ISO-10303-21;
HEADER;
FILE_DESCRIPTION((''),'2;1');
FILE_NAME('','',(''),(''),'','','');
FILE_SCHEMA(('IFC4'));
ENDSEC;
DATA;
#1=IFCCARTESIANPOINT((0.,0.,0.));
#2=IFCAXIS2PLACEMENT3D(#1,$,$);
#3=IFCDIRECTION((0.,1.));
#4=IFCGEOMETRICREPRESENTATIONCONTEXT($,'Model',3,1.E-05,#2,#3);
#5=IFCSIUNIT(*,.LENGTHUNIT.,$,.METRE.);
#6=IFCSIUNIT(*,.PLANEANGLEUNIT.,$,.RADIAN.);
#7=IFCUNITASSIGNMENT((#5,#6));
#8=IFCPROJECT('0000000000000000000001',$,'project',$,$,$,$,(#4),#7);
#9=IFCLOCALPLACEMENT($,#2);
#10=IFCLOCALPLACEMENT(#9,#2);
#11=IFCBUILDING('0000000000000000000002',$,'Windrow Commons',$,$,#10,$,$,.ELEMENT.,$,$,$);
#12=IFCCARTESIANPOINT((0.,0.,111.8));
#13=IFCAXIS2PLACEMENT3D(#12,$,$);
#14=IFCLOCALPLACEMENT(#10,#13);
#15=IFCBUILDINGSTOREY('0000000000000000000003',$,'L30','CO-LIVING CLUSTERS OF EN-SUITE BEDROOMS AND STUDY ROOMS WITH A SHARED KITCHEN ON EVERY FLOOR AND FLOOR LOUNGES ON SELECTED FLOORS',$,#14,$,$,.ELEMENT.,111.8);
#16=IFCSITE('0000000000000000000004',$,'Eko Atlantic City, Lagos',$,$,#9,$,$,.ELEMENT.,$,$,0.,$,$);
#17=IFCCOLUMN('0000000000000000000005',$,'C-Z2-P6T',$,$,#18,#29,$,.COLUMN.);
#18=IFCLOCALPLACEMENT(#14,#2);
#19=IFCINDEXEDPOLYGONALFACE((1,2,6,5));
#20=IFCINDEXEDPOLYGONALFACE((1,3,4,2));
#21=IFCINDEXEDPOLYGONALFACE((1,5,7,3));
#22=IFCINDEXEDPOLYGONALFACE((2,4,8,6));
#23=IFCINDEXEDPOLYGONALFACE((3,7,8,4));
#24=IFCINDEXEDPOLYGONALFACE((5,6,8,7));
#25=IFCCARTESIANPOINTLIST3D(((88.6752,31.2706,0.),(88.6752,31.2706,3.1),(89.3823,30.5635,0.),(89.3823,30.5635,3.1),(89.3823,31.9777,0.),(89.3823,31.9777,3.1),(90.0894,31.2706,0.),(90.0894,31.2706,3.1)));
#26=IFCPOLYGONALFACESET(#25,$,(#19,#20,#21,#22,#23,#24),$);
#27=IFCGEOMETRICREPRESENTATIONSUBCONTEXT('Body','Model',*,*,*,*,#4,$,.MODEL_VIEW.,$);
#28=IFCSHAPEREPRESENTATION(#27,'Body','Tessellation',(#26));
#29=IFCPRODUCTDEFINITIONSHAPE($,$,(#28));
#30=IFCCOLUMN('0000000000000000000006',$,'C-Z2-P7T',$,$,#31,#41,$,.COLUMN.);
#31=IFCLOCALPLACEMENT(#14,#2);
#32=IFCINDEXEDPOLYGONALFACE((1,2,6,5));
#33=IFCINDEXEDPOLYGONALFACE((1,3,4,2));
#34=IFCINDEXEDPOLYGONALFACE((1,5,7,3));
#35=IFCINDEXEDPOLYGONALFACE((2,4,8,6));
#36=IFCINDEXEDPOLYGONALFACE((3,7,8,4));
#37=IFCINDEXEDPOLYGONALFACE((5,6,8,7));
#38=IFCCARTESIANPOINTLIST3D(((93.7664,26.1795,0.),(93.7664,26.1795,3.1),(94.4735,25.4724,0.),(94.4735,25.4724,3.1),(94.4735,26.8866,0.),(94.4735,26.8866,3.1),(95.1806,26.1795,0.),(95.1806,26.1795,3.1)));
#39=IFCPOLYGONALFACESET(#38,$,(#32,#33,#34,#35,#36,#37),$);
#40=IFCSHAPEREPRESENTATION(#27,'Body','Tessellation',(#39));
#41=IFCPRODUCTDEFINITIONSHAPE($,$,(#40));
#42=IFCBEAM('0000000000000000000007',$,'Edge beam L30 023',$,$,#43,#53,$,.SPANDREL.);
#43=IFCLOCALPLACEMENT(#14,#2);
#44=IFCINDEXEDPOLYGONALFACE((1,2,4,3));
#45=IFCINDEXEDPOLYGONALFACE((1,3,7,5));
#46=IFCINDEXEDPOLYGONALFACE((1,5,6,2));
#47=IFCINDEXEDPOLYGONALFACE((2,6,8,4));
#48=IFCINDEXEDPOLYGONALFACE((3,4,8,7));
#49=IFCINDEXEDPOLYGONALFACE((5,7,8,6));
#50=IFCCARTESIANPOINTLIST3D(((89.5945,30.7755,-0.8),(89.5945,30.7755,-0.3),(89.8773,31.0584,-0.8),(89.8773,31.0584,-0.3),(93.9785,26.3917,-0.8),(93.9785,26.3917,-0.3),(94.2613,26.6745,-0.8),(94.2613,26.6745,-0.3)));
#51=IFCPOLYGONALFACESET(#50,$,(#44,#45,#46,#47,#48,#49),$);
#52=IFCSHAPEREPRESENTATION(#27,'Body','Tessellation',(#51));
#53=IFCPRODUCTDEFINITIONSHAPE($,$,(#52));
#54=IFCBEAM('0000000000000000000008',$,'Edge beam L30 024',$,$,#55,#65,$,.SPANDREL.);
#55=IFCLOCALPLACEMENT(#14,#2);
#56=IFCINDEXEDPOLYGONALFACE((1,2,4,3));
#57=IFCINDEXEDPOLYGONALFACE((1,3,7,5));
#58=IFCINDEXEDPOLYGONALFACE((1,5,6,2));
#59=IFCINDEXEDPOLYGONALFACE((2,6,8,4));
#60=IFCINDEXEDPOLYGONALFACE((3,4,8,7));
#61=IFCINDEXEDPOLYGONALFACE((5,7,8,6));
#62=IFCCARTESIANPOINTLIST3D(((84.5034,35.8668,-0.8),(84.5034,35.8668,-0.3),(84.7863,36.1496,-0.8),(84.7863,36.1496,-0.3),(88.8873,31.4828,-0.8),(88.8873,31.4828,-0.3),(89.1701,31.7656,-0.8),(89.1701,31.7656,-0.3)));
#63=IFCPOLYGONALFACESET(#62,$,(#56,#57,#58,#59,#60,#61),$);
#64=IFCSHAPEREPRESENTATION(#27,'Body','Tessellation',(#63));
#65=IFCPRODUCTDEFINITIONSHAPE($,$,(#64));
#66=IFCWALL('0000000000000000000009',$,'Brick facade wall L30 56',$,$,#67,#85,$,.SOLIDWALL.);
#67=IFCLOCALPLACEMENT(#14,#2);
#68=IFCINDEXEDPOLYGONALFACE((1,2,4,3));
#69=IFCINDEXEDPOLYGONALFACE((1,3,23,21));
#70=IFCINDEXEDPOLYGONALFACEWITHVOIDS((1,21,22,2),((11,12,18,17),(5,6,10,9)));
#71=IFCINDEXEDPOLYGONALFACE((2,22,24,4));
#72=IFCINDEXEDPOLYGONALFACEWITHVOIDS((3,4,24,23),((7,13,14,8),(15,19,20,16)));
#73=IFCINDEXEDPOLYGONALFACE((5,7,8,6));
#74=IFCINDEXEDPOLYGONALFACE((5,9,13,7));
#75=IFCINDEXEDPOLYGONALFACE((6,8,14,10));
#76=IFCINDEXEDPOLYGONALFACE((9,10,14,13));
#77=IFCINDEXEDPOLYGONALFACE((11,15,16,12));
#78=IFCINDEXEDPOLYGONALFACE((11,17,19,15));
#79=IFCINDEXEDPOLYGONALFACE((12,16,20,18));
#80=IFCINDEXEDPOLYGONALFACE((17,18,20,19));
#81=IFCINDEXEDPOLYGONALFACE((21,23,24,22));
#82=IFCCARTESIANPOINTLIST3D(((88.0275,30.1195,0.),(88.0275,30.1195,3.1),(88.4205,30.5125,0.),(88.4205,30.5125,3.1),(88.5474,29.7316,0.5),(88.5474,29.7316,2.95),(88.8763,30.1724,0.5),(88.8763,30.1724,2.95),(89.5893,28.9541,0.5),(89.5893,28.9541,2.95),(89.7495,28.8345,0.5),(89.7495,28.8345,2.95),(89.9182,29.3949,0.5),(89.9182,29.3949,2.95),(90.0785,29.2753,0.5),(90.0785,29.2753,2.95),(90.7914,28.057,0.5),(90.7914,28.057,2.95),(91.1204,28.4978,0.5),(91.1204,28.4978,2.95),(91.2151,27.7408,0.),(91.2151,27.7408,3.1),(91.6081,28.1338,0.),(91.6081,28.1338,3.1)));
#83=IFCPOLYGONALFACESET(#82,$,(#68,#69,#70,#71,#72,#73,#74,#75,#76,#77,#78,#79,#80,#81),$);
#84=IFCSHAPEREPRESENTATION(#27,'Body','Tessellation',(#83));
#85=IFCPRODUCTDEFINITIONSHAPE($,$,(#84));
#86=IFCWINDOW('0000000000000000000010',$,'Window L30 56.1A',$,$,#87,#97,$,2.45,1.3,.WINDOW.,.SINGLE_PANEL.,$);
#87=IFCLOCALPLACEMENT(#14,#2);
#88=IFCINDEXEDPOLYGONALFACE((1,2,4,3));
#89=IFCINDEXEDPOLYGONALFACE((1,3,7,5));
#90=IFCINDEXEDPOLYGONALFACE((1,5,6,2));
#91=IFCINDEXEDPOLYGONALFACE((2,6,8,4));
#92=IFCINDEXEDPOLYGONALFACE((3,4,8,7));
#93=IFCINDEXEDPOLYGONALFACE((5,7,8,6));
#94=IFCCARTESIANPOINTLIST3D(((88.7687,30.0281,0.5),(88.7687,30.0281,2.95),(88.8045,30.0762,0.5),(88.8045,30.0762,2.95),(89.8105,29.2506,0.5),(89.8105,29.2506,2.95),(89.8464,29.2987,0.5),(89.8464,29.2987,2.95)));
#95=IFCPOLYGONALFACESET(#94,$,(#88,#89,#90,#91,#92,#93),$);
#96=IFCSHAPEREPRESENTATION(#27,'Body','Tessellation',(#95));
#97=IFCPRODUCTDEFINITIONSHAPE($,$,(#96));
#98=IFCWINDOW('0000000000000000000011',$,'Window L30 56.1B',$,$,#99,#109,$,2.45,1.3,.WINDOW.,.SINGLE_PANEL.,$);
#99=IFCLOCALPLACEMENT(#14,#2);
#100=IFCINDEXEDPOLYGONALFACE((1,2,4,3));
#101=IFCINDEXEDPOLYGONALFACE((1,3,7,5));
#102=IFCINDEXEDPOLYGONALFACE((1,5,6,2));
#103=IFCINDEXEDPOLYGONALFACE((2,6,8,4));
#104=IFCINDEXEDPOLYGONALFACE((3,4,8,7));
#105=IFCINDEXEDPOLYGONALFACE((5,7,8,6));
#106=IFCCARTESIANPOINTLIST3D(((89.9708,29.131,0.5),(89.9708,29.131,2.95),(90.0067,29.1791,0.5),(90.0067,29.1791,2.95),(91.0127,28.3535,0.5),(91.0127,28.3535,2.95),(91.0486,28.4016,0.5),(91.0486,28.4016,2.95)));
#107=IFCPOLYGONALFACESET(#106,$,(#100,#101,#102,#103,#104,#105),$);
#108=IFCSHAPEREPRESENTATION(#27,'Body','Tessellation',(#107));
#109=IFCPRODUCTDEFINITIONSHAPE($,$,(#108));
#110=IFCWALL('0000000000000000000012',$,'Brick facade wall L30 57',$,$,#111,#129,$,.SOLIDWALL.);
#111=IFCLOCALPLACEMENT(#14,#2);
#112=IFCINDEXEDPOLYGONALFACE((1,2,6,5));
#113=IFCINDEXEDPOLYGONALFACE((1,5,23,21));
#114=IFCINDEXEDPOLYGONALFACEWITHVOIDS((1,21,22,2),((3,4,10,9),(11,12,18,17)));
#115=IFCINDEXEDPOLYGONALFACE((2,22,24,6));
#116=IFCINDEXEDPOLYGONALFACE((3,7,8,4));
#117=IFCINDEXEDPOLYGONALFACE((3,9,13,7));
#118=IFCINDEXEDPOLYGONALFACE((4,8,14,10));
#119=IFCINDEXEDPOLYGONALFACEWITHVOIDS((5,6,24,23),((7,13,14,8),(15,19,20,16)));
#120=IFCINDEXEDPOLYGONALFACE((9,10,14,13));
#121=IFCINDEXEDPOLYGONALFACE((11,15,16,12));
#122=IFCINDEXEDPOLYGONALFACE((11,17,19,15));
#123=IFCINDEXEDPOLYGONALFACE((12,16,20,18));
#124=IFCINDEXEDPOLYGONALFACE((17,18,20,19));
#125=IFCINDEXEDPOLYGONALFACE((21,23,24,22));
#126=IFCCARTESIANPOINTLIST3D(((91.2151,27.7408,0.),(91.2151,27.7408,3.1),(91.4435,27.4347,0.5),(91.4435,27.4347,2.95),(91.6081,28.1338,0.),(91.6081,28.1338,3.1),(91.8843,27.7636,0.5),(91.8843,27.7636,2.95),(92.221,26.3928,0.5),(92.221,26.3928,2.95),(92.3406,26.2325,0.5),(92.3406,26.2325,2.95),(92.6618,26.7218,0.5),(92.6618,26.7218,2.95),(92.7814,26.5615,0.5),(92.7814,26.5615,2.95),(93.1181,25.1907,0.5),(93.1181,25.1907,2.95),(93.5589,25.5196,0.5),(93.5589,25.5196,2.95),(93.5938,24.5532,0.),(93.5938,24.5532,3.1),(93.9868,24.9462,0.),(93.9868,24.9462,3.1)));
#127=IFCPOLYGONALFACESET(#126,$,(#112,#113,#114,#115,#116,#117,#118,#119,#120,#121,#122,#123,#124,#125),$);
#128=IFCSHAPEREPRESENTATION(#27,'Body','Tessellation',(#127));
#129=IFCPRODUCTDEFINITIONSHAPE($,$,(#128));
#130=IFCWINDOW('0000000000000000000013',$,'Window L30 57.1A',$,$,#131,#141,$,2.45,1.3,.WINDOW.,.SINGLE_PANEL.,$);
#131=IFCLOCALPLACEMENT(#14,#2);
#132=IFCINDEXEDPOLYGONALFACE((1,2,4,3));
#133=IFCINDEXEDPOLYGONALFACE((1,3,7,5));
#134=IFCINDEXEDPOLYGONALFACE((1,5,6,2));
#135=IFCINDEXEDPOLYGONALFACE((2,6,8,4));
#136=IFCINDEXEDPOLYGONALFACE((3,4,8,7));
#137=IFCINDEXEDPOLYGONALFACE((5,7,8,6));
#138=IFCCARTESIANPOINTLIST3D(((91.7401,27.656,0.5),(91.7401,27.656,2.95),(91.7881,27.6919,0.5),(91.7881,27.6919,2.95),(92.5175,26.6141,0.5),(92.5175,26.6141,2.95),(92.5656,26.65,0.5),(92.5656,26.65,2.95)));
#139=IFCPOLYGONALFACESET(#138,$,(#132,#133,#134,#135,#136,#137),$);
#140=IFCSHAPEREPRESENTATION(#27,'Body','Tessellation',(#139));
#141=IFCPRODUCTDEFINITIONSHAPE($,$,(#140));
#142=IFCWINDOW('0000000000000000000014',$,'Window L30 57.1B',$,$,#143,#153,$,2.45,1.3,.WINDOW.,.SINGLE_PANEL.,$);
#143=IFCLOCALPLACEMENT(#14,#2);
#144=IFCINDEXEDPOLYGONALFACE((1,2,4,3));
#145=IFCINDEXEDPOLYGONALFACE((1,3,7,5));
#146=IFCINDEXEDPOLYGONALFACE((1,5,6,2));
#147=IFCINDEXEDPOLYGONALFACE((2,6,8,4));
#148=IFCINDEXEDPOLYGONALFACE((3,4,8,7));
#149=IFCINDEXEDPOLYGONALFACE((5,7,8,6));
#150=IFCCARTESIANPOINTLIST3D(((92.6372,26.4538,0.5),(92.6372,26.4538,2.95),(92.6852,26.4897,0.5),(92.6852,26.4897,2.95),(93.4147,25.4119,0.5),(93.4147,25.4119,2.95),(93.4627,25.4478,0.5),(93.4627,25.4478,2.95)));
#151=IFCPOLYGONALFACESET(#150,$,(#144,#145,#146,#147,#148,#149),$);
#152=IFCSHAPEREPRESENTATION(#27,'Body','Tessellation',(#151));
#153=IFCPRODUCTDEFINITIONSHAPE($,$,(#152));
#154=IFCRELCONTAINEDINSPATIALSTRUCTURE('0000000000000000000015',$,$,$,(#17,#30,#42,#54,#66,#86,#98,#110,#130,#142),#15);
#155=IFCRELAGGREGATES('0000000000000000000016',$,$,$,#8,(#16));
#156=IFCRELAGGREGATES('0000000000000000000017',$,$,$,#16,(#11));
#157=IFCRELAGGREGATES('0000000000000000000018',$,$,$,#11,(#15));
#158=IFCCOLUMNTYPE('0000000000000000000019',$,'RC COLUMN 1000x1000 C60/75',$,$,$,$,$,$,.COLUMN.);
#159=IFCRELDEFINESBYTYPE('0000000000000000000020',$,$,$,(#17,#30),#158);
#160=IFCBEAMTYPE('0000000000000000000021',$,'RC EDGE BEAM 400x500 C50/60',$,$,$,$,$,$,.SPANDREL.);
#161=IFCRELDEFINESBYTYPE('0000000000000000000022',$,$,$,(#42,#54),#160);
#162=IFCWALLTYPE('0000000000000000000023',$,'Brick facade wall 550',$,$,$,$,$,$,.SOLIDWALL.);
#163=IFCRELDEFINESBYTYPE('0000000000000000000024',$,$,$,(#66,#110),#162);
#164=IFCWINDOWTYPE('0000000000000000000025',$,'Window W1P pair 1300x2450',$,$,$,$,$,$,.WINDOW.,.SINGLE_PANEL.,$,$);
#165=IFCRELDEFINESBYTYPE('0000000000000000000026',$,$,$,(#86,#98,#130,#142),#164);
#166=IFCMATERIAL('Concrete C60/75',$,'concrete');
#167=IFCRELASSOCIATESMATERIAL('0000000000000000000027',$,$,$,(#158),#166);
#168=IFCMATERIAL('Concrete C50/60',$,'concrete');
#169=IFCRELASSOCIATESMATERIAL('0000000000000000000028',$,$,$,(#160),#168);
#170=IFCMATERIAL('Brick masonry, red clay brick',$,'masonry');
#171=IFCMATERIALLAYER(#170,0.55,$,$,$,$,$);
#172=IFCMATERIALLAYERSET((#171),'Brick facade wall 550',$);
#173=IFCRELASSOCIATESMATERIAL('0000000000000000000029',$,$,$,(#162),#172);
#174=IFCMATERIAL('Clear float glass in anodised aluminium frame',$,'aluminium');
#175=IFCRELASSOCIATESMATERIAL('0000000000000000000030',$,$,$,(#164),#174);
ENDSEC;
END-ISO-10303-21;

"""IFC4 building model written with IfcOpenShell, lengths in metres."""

from ifc_helpers import new_model, si_unit, direction, frame, frame_2d, origin, origin_2d, place, context, subcontext, project, spatial, polyline, rectangle, outline, extrude, material, layer, layer_set, material_profile, profile_set, type_object, element, fill, save


model = new_model("IFC4")

# Units and contexts
model_context = context("Model", 3, precision=1e-05, world=origin(), true_north=direction((0.0, 1.0)))
body_context = subcontext(model_context, "Body", "Model", "MODEL_VIEW")
ifc_project = project(units=[si_unit("LENGTHUNIT", "METRE"), si_unit("PLANEANGLEUNIT", "RADIAN")], contexts=[model_context])

# Site, building, storey
site_placement = place(None, origin())
site = spatial("IfcSite", under=ifc_project, at=site_placement, Name="Eko Atlantic City, Lagos", CompositionType="ELEMENT", RefElevation=0.0)
building_placement = place(site_placement, origin())
building = spatial("IfcBuilding", under=site, at=building_placement, Name="Windrow Commons", CompositionType="ELEMENT")
storey_placement = place(building_placement, frame((0.0, 0.0, 111.8)))
storey = spatial("IfcBuildingStorey", under=building, at=storey_placement, Name="L30", Description="CO-LIVING CLUSTERS OF EN-SUITE BEDROOMS AND STUDY ROOMS WITH A SHARED KITCHEN ON EVERY FLOOR AND FLOOR LOUNGES ON SELECTED FLOORS", CompositionType="ELEMENT", Elevation=111.8)

# Columns
ifc_material_1 = material(Name="Concrete C60/75", Category="concrete")
ifc_material_profile_1 = material_profile(ifc_material_1, rectangle(XDim=1.0, YDim=1.0, at=origin_2d()))
ifc_profile_set_1 = profile_set([ifc_material_profile_1], Name="Concrete C60/75")
column_type = type_object("IfcColumnType", Name="RC COLUMN 1000x1000 C60/75", PredefinedType="COLUMN", material=ifc_profile_set_1)
for number, where, z_axis, x_axis, name in (
    (1, (89.3823, 31.2706, 0.0), (0.0, 0.0, 1.0), (0.707107, -0.707107, 0.0), "C-Z2-P6T"),
    (2, (94.4735, 26.1795, 0.0), (0.0, 0.0, 1.0), (0.707107, -0.707107, 0.0), "C-Z2-P7T"),
):
    element("IfcColumn", number, at=place(storey_placement, frame(where, z_axis=z_axis, x_axis=x_axis)), inside=storey, type_object=column_type, Name=name, PredefinedType="COLUMN", context=body_context, shape_type="SweptSolid", body=[
        extrude(rectangle(XDim=1.0, YDim=1.0, at=origin_2d()), origin(), (0.0, 0.0, 1.0), 3.1),
    ])

# Beams
ifc_material_2 = material(Name="Concrete C50/60", Category="concrete")
ifc_material_profile_2 = material_profile(ifc_material_2, rectangle(XDim=0.4, YDim=0.5, at=origin_2d()))
ifc_profile_set_2 = profile_set([ifc_material_profile_2], Name="Concrete C50/60")
beam_type = type_object("IfcBeamType", Name="RC EDGE BEAM 400x500 C50/60", PredefinedType="SPANDREL", material=ifc_profile_set_2)
for number, where, z_axis, x_axis, name in (
    (3, (94.1199, 26.5331, -0.55), (-0.707115, 0.707099, 0.0), (-0.707099, -0.707115, 0.0), "Edge beam L30 023"),
    (4, (89.0287, 31.6242, -0.55), (-0.707099, 0.707115, 0.0), (-0.707115, -0.707099, 0.0), "Edge beam L30 024"),
):
    element("IfcBeam", number, at=place(storey_placement, frame(where, z_axis=z_axis, x_axis=x_axis)), inside=storey, type_object=beam_type, Name=name, PredefinedType="SPANDREL", context=body_context, shape_type="SweptSolid", body=[
        extrude(rectangle(XDim=0.4, YDim=0.5, at=origin_2d()), origin(), (0.0, 0.0, 1.0), 6.1998),
    ])

# Walls, openings, windows
ifc_material_3 = material(Name="Brick masonry, red clay brick", Category="masonry")
ifc_layer_1 = layer(ifc_material_3, 0.55)
ifc_layer_set_1 = layer_set([ifc_layer_1], Name="Brick facade wall 550")
wall_type_1 = type_object("IfcWallType", Name="Brick facade wall 550", PredefinedType="SOLIDWALL", material=ifc_layer_set_1)
wall_1_placement = place(storey_placement, frame((88.224, 30.316, 0.0), z_axis=(0.0, 0.0, 1.0), x_axis=(0.801446, -0.598067, 0.0)))
wall_1 = element("IfcWall", 5, at=wall_1_placement, inside=storey, type_object=wall_type_1, Name="Brick facade wall L30 56", PredefinedType="SOLIDWALL", context=body_context, shape_type="SweptSolid", body=[
    extrude(outline(polyline([(-0.04, -0.275), (3.9374, -0.275), (4.0173, 0.275), (0.04, 0.275), (-0.04, -0.275)])), origin(), (0.0, 0.0, 1.0), 3.1),
])
opening_1_placement = place(wall_1_placement, frame((0.6087, 0.0, 0.5)))
opening_1 = element("IfcOpeningElement", 6, at=opening_1_placement, cuts=wall_1, PredefinedType="OPENING", context=body_context, shape_type="SweptSolid", body=[
    extrude(rectangle(XDim=1.3, YDim=2.45, at=frame_2d((0.65, 1.225))), frame((0.0, 0.285, 0.0), z_axis=(0.0, -1.0, 0.0), x_axis=(1.0, 0.0, 0.0)), (0.0, 0.0, 1.0), 0.57),
])
opening_2_placement = place(wall_1_placement, frame((2.1087, 0.0, 0.5)))
opening_2 = element("IfcOpeningElement", 7, at=opening_2_placement, cuts=wall_1, PredefinedType="OPENING", context=body_context, shape_type="SweptSolid", body=[
    extrude(rectangle(XDim=1.3, YDim=2.45, at=frame_2d((0.65, 1.225))), frame((0.0, 0.285, 0.0), z_axis=(0.0, -1.0, 0.0), x_axis=(1.0, 0.0, 0.0)), (0.0, 0.0, 1.0), 0.57),
])
ifc_material_4 = material(Name="Clear float glass in anodised aluminium frame", Category="aluminium")
window_type_1 = type_object("IfcWindowType", Name="Window W1P pair 1300x2450", PartitioningType="SINGLE_PANEL", PredefinedType="WINDOW", material=ifc_material_4)
window_1_placement = place(opening_1_placement, origin())
window_1 = element("IfcWindow", 8, at=window_1_placement, inside=storey, type_object=window_type_1, Name="Window L30 56.1A", OverallHeight=2.45, OverallWidth=1.3, PartitioningType="SINGLE_PANEL", PredefinedType="WINDOW", context=body_context, shape_type="SweptSolid", body=[
    extrude(rectangle(XDim=1.3, YDim=2.45, at=frame_2d((0.65, 1.225))), frame((0.0, 0.155, 0.0), z_axis=(0.0, -1.0, 0.0), x_axis=(1.0, 0.0, 0.0)), (0.0, 0.0, 1.0), 0.06),
])
fill(opening_1, window_1)
window_2_placement = place(opening_2_placement, origin())
window_2 = element("IfcWindow", 9, at=window_2_placement, inside=storey, type_object=window_type_1, Name="Window L30 56.1B", OverallHeight=2.45, OverallWidth=1.3, PartitioningType="SINGLE_PANEL", PredefinedType="WINDOW", context=body_context, shape_type="SweptSolid", body=[
    extrude(rectangle(XDim=1.3, YDim=2.45, at=frame_2d((0.65, 1.225))), frame((0.0, 0.155, 0.0), z_axis=(0.0, -1.0, 0.0), x_axis=(1.0, 0.0, 0.0)), (0.0, 0.0, 1.0), 0.06),
])
fill(opening_2, window_2)
wall_2_placement = place(storey_placement, frame((91.4116, 27.9373, 0.0), z_axis=(0.0, 0.0, 1.0), x_axis=(0.598067, -0.801446, 0.0)))
wall_2 = element("IfcWall", 10, at=wall_2_placement, inside=storey, type_object=wall_type_1, Name="Brick facade wall L30 57", PredefinedType="SOLIDWALL", context=body_context, shape_type="SweptSolid", body=[
    extrude(outline(polyline([(0.04, -0.275), (4.0173, -0.275), (3.9374, 0.275), (-0.04, 0.275), (0.04, -0.275)])), origin(), (0.0, 0.0, 1.0), 3.1),
])
opening_3_placement = place(wall_2_placement, frame((0.4219, 0.0, 0.5)))
opening_3 = element("IfcOpeningElement", 11, at=opening_3_placement, cuts=wall_2, PredefinedType="OPENING", context=body_context, shape_type="SweptSolid", body=[
    extrude(rectangle(XDim=1.3, YDim=2.45, at=frame_2d((0.65, 1.225))), frame((0.0, 0.285, 0.0), z_axis=(0.0, -1.0, 0.0), x_axis=(1.0, 0.0, 0.0)), (0.0, 0.0, 1.0), 0.57),
])
opening_4_placement = place(wall_2_placement, frame((1.9219, 0.0, 0.5)))
opening_4 = element("IfcOpeningElement", 12, at=opening_4_placement, cuts=wall_2, PredefinedType="OPENING", context=body_context, shape_type="SweptSolid", body=[
    extrude(rectangle(XDim=1.3, YDim=2.45, at=frame_2d((0.65, 1.225))), frame((0.0, 0.285, 0.0), z_axis=(0.0, -1.0, 0.0), x_axis=(1.0, 0.0, 0.0)), (0.0, 0.0, 1.0), 0.57),
])
window_3_placement = place(opening_3_placement, origin())
window_3 = element("IfcWindow", 13, at=window_3_placement, inside=storey, type_object=window_type_1, Name="Window L30 57.1A", OverallHeight=2.45, OverallWidth=1.3, PartitioningType="SINGLE_PANEL", PredefinedType="WINDOW", context=body_context, shape_type="SweptSolid", body=[
    extrude(rectangle(XDim=1.3, YDim=2.45, at=frame_2d((0.65, 1.225))), frame((0.0, 0.155, 0.0), z_axis=(0.0, -1.0, 0.0), x_axis=(1.0, 0.0, 0.0)), (0.0, 0.0, 1.0), 0.06),
])
fill(opening_3, window_3)
window_4_placement = place(opening_4_placement, origin())
window_4 = element("IfcWindow", 14, at=window_4_placement, inside=storey, type_object=window_type_1, Name="Window L30 57.1B", OverallHeight=2.45, OverallWidth=1.3, PartitioningType="SINGLE_PANEL", PredefinedType="WINDOW", context=body_context, shape_type="SweptSolid", body=[
    extrude(rectangle(XDim=1.3, YDim=2.45, at=frame_2d((0.65, 1.225))), frame((0.0, 0.155, 0.0), z_axis=(0.0, -1.0, 0.0), x_axis=(1.0, 0.0, 0.0)), (0.0, 0.0, 1.0), 0.06),
])
fill(opening_4, window_4)

save(model, "model.ifc")
